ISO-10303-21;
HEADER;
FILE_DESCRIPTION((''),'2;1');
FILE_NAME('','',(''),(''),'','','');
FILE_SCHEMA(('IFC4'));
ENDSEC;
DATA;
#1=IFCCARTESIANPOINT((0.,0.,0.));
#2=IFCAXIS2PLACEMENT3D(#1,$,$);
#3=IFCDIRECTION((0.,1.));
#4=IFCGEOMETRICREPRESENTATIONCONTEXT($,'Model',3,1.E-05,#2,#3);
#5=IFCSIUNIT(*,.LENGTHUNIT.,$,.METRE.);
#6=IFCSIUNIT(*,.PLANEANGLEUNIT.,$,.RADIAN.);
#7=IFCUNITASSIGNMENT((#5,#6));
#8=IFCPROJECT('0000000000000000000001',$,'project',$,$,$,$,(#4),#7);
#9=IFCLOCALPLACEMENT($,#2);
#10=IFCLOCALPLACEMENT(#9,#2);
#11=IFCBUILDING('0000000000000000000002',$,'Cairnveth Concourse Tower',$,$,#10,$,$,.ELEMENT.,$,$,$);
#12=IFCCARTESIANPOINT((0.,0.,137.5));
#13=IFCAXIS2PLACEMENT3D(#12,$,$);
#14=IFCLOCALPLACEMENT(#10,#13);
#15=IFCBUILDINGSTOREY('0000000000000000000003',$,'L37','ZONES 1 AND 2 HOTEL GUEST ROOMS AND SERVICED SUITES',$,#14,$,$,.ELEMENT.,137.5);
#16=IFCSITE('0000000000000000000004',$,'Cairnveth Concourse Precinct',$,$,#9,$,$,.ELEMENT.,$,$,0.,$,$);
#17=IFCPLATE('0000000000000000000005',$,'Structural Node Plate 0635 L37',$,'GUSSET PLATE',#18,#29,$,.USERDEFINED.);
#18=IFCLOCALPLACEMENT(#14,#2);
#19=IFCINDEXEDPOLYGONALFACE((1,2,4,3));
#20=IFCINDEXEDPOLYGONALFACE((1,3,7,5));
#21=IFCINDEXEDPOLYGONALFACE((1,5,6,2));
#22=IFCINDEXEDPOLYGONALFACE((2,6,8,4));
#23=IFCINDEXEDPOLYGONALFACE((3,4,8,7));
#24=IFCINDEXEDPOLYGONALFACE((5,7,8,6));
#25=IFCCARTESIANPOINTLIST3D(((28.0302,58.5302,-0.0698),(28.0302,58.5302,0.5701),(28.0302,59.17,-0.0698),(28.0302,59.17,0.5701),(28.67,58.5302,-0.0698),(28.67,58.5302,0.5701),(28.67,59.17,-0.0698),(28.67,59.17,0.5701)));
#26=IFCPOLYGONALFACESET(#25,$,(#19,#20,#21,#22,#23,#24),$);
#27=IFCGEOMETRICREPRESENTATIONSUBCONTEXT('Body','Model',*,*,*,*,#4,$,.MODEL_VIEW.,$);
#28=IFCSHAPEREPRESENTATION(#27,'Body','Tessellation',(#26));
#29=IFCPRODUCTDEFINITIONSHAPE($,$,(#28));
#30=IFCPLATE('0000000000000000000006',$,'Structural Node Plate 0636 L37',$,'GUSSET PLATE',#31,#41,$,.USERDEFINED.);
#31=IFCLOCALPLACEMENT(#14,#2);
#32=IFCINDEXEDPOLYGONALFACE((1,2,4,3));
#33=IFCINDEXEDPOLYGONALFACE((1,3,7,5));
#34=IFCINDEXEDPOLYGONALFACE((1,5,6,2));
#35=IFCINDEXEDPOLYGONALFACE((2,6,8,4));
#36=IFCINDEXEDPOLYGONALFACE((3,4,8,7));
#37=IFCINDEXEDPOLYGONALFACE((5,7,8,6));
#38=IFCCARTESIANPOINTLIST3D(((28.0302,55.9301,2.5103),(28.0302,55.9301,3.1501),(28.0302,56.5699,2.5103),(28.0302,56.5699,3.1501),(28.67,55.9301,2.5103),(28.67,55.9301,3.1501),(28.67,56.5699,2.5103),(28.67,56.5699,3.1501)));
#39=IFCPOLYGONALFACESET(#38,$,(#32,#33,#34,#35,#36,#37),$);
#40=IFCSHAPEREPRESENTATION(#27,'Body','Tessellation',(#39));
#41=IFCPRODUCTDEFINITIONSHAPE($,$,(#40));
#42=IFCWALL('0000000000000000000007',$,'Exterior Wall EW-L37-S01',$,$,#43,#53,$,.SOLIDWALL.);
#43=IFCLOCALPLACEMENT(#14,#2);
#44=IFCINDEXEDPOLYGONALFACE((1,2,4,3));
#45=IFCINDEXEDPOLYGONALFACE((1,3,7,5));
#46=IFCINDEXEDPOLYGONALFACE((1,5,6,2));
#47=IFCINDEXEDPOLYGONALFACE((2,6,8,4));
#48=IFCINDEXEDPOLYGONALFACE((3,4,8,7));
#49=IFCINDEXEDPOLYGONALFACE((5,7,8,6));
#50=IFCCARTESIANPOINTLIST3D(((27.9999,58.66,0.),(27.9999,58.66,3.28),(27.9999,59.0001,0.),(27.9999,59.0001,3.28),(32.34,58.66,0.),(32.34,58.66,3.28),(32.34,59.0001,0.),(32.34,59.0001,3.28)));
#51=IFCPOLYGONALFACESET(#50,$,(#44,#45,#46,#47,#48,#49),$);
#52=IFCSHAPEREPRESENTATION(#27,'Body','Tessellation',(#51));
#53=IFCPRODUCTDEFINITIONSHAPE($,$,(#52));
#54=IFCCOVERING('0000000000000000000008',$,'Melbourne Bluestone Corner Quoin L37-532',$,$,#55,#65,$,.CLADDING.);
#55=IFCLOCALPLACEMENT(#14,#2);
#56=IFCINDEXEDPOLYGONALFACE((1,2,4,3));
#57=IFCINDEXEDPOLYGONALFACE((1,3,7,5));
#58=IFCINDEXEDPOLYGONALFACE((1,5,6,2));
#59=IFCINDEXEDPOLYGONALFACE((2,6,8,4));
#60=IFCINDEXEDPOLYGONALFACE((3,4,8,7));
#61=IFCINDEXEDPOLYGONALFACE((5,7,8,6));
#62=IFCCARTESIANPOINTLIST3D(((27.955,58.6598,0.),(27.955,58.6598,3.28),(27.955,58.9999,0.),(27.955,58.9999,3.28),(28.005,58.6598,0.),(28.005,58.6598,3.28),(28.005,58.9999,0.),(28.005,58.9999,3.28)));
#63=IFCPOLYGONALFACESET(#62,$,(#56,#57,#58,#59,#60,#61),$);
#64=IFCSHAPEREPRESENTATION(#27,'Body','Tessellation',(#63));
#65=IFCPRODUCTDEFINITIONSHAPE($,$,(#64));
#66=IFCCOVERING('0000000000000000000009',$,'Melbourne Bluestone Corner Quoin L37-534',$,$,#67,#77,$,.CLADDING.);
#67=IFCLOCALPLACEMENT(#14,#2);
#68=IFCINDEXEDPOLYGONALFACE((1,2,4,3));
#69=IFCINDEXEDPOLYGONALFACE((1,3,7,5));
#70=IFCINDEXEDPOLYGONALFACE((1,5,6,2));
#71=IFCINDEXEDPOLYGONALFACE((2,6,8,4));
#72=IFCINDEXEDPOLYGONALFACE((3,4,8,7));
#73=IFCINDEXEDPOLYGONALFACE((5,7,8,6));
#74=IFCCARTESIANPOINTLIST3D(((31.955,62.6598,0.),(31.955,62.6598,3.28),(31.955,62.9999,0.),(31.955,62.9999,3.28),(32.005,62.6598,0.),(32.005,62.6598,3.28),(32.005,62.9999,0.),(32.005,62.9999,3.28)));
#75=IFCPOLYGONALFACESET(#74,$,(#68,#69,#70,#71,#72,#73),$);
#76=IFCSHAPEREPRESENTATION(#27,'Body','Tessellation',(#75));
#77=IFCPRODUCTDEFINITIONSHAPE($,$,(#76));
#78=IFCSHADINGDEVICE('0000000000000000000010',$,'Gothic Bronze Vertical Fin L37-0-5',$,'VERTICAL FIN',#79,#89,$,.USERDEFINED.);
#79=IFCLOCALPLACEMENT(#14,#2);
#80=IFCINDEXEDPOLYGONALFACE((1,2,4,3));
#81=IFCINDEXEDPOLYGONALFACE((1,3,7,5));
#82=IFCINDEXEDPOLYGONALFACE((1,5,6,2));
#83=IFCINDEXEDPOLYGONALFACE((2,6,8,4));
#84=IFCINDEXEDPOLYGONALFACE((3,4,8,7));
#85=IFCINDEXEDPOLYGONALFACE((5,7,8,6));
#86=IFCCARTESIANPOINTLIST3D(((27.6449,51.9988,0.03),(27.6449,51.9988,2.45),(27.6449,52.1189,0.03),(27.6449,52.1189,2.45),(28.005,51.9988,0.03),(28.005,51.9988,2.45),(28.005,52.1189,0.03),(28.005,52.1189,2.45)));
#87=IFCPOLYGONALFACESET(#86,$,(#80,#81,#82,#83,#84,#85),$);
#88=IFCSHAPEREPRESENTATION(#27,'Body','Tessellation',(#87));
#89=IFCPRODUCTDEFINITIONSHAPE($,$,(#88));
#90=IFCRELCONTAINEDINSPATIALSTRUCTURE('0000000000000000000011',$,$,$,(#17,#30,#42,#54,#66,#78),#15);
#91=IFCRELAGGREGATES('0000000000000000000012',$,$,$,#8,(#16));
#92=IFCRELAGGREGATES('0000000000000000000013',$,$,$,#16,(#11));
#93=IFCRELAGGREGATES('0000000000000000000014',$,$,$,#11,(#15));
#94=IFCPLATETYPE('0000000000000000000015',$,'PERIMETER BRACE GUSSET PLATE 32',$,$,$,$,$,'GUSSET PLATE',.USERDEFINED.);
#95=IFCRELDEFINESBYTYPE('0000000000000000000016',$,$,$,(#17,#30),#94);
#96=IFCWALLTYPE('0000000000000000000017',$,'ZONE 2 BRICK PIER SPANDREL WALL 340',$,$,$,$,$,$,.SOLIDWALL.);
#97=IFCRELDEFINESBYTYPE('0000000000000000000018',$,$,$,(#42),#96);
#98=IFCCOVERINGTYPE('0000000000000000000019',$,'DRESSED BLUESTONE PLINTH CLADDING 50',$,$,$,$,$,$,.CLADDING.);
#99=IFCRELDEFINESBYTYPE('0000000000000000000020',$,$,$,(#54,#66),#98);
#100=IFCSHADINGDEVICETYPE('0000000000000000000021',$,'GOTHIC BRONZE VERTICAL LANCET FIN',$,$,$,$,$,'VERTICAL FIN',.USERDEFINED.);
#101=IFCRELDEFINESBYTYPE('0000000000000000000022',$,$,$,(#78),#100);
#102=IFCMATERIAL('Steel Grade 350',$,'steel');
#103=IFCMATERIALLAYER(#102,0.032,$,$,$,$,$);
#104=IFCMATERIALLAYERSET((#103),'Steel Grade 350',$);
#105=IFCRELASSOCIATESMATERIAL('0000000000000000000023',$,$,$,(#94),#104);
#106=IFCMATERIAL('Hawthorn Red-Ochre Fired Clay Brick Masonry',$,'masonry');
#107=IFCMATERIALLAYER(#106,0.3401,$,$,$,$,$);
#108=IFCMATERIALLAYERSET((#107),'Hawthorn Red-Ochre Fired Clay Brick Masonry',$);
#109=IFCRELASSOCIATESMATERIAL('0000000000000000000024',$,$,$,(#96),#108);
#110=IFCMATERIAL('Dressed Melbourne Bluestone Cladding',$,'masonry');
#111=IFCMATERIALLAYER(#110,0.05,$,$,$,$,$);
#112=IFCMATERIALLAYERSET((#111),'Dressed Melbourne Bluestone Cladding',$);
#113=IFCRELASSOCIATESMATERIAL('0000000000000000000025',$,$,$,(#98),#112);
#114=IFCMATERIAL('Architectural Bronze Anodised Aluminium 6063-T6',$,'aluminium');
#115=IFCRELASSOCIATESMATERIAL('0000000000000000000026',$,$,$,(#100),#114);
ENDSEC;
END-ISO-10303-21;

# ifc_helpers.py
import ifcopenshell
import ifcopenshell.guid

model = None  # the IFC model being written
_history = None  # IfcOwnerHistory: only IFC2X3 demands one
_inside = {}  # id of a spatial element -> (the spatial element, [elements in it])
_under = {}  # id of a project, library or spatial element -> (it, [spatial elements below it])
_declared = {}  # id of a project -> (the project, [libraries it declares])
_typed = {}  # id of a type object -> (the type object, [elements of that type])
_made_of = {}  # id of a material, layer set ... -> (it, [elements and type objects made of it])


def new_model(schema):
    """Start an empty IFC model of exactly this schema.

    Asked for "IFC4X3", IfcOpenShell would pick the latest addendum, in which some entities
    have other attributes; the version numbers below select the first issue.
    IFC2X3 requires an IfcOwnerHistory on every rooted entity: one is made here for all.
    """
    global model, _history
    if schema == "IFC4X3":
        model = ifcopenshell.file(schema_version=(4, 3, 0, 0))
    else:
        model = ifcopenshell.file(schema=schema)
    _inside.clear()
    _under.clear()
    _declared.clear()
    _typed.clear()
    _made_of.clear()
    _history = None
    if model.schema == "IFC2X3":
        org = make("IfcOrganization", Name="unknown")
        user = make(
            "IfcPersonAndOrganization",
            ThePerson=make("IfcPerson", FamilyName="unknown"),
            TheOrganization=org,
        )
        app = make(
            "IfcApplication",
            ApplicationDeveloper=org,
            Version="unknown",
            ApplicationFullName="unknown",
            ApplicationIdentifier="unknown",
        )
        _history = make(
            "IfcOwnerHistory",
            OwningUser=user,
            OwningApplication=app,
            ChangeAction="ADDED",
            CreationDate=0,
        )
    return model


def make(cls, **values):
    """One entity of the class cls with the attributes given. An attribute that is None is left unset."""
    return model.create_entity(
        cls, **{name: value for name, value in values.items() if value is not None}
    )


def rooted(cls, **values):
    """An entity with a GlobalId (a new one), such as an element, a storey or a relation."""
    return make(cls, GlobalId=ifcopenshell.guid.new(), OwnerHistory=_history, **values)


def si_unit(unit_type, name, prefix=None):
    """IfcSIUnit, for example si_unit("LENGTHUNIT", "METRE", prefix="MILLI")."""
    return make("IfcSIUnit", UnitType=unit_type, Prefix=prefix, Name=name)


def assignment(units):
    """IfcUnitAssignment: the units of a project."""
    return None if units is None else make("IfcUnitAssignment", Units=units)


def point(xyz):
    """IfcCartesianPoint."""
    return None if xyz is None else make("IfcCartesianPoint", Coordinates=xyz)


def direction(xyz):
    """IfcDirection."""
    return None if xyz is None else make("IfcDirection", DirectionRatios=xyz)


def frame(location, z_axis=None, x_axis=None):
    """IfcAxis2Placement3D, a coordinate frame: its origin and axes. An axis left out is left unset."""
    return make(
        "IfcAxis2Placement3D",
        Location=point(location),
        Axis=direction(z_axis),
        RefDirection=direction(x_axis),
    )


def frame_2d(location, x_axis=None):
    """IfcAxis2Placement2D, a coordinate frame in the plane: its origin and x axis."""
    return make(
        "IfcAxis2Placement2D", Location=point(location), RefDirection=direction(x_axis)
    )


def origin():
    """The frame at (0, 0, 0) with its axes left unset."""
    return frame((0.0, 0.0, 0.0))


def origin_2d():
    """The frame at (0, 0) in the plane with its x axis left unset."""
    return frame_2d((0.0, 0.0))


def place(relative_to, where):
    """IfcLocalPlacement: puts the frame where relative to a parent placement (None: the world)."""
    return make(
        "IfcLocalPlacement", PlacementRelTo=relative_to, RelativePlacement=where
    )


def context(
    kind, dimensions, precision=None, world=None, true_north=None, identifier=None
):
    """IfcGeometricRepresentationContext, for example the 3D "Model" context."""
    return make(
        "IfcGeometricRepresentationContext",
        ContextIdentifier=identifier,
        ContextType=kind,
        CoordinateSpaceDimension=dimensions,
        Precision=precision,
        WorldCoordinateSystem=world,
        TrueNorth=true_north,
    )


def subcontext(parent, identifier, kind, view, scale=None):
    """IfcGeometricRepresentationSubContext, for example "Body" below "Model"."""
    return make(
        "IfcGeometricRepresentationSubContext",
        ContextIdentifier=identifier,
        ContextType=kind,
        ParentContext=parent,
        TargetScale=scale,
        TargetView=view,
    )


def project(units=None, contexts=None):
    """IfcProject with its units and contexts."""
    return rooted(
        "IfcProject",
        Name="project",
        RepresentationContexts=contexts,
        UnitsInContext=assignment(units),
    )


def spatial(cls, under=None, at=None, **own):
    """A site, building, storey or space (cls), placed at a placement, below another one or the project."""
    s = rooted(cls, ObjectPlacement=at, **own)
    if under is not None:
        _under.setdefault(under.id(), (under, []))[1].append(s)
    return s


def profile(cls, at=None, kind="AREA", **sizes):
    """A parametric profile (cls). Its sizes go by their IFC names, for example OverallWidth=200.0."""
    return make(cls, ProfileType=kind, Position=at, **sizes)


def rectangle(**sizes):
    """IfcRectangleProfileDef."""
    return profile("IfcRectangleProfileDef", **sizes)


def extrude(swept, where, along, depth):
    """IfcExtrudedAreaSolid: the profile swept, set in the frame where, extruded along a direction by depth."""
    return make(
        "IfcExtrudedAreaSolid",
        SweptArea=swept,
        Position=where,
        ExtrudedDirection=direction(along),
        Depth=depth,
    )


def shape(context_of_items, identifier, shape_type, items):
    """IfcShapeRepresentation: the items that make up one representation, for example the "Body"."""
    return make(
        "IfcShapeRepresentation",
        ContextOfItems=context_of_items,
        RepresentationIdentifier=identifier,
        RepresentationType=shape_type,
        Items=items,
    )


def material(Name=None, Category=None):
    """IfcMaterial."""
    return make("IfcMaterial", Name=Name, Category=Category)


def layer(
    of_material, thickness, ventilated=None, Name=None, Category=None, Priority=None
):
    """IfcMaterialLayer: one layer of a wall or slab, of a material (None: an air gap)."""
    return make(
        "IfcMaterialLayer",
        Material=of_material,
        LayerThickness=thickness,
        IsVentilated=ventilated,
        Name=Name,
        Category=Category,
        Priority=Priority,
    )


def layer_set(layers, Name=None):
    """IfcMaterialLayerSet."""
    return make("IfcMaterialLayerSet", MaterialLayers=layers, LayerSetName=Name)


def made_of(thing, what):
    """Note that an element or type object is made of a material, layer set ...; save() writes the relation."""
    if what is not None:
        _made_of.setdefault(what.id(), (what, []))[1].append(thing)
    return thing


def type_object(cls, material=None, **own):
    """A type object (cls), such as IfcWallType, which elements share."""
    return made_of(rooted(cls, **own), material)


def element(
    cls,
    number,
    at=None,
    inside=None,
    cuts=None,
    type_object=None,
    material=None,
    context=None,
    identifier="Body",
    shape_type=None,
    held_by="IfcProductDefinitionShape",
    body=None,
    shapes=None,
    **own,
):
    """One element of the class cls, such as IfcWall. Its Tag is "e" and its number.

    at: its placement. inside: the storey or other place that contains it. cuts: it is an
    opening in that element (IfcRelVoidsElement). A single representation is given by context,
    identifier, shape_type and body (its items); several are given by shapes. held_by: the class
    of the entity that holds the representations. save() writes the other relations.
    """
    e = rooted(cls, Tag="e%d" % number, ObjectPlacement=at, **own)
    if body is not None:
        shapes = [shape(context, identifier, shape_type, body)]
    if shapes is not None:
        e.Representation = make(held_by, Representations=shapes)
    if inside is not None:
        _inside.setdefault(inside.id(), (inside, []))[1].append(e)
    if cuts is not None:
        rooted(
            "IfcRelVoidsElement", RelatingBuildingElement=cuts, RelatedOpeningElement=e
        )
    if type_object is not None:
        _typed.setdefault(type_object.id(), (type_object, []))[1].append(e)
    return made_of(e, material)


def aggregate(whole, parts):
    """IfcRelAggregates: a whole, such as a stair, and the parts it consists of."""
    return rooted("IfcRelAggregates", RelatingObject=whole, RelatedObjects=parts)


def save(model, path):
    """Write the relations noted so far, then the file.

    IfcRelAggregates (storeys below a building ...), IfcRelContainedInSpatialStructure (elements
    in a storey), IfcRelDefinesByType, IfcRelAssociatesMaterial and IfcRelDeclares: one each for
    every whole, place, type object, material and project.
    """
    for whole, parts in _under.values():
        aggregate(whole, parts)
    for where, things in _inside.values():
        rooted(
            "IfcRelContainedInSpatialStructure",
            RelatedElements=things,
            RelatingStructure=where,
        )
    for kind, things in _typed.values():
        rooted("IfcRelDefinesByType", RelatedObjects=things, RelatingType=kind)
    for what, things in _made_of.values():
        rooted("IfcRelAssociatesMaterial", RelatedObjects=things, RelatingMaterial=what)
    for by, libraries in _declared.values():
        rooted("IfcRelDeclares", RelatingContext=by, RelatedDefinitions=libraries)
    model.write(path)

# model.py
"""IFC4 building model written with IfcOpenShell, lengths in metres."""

from ifc_helpers import new_model, si_unit, direction, frame, frame_2d, origin, origin_2d, place, context, subcontext, project, spatial, rectangle, extrude, material, layer, layer_set, type_object, element, save


model = new_model("IFC4")

# Units and contexts
model_context = context("Model", 3, precision=1e-05, world=origin(), true_north=direction((0.0, 1.0)))
body_context = subcontext(model_context, "Body", "Model", "MODEL_VIEW")
ifc_project = project(units=[si_unit("LENGTHUNIT", "METRE"), si_unit("PLANEANGLEUNIT", "RADIAN")], contexts=[model_context])

# Site, building, storey
site_placement = place(None, origin())
site = spatial("IfcSite", under=ifc_project, at=site_placement, Name="Cairnveth Concourse Precinct", CompositionType="ELEMENT", RefElevation=0.0)
building_placement = place(site_placement, origin())
building = spatial("IfcBuilding", under=site, at=building_placement, Name="Cairnveth Concourse Tower", CompositionType="ELEMENT")
storey_placement = place(building_placement, frame((0.0, 0.0, 137.5)))
storey = spatial("IfcBuildingStorey", under=building, at=storey_placement, Name="L37", Description="ZONES 1 AND 2 HOTEL GUEST ROOMS AND SERVICED SUITES", CompositionType="ELEMENT", Elevation=137.5)

# Shared definitions
ifc_material_1 = material(Name="Steel Grade 350", Category="steel")

# Plates
ifc_layer_1 = layer(ifc_material_1, 0.032)
ifc_layer_set_1 = layer_set([ifc_layer_1], Name="Steel Grade 350")
plate_type = type_object("IfcPlateType", Name="PERIMETER BRACE GUSSET PLATE 32", ElementType="GUSSET PLATE", PredefinedType="USERDEFINED", material=ifc_layer_set_1)
for number, where, z_axis, x_axis, name in (
    (1, (28.3501, 58.8501, -0.0698), (0.0, 0.0, 1.0), (1.0, 0.0, 0.0), "Structural Node Plate 0635 L37"),
    (2, (28.3501, 56.25, 2.5103), (0.0, 0.0, 1.0), (1.0, 0.0, 0.0), "Structural Node Plate 0636 L37"),
):
    element("IfcPlate", number, at=place(storey_placement, frame(where, z_axis=z_axis, x_axis=x_axis)), inside=storey, type_object=plate_type, Name=name, ObjectType="GUSSET PLATE", PredefinedType="USERDEFINED", context=body_context, shape_type="SweptSolid", body=[
        extrude(rectangle(XDim=0.6399, YDim=0.6399, at=origin_2d()), origin(), (0.0, 0.0, 1.0), 0.6399),
    ])

# Wall
ifc_material_2 = material(Name="Hawthorn Red-Ochre Fired Clay Brick Masonry", Category="masonry")
ifc_layer_2 = layer(ifc_material_2, 0.3401)
ifc_layer_set_2 = layer_set([ifc_layer_2], Name="Hawthorn Red-Ochre Fired Clay Brick Masonry")
wall_type = type_object("IfcWallType", Name="ZONE 2 BRICK PIER SPANDREL WALL 340", PredefinedType="SOLIDWALL", material=ifc_layer_set_2)
wall_1_placement = place(storey_placement, frame((28.0, 58.8301, 0.0), z_axis=(0.0, 0.0, 1.0), x_axis=(1.0, 0.0, 0.0)))
element("IfcWall", 3, at=wall_1_placement, inside=storey, type_object=wall_type, Name="Exterior Wall EW-L37-S01", PredefinedType="SOLIDWALL", context=body_context, shape_type="SweptSolid", body=[
    extrude(rectangle(XDim=4.3401, YDim=0.3401, at=frame_2d((2.1699, 0.0))), origin(), (0.0, 0.0, 1.0), 3.28),
])

# Coverings
ifc_material_3 = material(Name="Dressed Melbourne Bluestone Cladding", Category="masonry")
ifc_layer_3 = layer(ifc_material_3, 0.05)
ifc_layer_set_3 = layer_set([ifc_layer_3], Name="Dressed Melbourne Bluestone Cladding")
covering_type = type_object("IfcCoveringType", Name="DRESSED BLUESTONE PLINTH CLADDING 50", PredefinedType="CLADDING", material=ifc_layer_set_3)
for number, where, z_axis, x_axis, name in (
    (4, (27.98, 58.6599, 0.0), (0.0, 0.0, 1.0), (0.0, 1.0, 0.0), "Melbourne Bluestone Corner Quoin L37-532"),
    (5, (31.98, 62.6599, 0.0), (0.0, 0.0, 1.0), (0.0, 1.0, 0.0), "Melbourne Bluestone Corner Quoin L37-534"),
):
    element("IfcCovering", number, at=place(storey_placement, frame(where, z_axis=z_axis, x_axis=x_axis)), inside=storey, type_object=covering_type, Name=name, PredefinedType="CLADDING", context=body_context, shape_type="SweptSolid", body=[
        extrude(rectangle(XDim=0.3401, YDim=0.05, at=frame_2d((0.1699, 0.0))), origin(), (0.0, 0.0, 1.0), 3.28),
    ])

# Shading device
ifc_material_4 = material(Name="Architectural Bronze Anodised Aluminium 6063-T6", Category="aluminium")
shading_device_type = type_object("IfcShadingDeviceType", Name="GOTHIC BRONZE VERTICAL LANCET FIN", ElementType="VERTICAL FIN", PredefinedType="USERDEFINED", material=ifc_material_4)
shading_device_placement = place(storey_placement, frame((27.825, 52.0588, 0.03), z_axis=(0.0, 0.0, 1.0), x_axis=(0.0, 1.0, 0.0)))
element("IfcShadingDevice", 6, at=shading_device_placement, inside=storey, type_object=shading_device_type, Name="Gothic Bronze Vertical Fin L37-0-5", ObjectType="VERTICAL FIN", PredefinedType="USERDEFINED", context=body_context, shape_type="SweptSolid", body=[
    extrude(rectangle(XDim=0.1201, YDim=0.3601, at=origin_2d()), origin(), (0.0, 0.0, 1.0), 2.4199),
])

save(model, "model.ifc")
